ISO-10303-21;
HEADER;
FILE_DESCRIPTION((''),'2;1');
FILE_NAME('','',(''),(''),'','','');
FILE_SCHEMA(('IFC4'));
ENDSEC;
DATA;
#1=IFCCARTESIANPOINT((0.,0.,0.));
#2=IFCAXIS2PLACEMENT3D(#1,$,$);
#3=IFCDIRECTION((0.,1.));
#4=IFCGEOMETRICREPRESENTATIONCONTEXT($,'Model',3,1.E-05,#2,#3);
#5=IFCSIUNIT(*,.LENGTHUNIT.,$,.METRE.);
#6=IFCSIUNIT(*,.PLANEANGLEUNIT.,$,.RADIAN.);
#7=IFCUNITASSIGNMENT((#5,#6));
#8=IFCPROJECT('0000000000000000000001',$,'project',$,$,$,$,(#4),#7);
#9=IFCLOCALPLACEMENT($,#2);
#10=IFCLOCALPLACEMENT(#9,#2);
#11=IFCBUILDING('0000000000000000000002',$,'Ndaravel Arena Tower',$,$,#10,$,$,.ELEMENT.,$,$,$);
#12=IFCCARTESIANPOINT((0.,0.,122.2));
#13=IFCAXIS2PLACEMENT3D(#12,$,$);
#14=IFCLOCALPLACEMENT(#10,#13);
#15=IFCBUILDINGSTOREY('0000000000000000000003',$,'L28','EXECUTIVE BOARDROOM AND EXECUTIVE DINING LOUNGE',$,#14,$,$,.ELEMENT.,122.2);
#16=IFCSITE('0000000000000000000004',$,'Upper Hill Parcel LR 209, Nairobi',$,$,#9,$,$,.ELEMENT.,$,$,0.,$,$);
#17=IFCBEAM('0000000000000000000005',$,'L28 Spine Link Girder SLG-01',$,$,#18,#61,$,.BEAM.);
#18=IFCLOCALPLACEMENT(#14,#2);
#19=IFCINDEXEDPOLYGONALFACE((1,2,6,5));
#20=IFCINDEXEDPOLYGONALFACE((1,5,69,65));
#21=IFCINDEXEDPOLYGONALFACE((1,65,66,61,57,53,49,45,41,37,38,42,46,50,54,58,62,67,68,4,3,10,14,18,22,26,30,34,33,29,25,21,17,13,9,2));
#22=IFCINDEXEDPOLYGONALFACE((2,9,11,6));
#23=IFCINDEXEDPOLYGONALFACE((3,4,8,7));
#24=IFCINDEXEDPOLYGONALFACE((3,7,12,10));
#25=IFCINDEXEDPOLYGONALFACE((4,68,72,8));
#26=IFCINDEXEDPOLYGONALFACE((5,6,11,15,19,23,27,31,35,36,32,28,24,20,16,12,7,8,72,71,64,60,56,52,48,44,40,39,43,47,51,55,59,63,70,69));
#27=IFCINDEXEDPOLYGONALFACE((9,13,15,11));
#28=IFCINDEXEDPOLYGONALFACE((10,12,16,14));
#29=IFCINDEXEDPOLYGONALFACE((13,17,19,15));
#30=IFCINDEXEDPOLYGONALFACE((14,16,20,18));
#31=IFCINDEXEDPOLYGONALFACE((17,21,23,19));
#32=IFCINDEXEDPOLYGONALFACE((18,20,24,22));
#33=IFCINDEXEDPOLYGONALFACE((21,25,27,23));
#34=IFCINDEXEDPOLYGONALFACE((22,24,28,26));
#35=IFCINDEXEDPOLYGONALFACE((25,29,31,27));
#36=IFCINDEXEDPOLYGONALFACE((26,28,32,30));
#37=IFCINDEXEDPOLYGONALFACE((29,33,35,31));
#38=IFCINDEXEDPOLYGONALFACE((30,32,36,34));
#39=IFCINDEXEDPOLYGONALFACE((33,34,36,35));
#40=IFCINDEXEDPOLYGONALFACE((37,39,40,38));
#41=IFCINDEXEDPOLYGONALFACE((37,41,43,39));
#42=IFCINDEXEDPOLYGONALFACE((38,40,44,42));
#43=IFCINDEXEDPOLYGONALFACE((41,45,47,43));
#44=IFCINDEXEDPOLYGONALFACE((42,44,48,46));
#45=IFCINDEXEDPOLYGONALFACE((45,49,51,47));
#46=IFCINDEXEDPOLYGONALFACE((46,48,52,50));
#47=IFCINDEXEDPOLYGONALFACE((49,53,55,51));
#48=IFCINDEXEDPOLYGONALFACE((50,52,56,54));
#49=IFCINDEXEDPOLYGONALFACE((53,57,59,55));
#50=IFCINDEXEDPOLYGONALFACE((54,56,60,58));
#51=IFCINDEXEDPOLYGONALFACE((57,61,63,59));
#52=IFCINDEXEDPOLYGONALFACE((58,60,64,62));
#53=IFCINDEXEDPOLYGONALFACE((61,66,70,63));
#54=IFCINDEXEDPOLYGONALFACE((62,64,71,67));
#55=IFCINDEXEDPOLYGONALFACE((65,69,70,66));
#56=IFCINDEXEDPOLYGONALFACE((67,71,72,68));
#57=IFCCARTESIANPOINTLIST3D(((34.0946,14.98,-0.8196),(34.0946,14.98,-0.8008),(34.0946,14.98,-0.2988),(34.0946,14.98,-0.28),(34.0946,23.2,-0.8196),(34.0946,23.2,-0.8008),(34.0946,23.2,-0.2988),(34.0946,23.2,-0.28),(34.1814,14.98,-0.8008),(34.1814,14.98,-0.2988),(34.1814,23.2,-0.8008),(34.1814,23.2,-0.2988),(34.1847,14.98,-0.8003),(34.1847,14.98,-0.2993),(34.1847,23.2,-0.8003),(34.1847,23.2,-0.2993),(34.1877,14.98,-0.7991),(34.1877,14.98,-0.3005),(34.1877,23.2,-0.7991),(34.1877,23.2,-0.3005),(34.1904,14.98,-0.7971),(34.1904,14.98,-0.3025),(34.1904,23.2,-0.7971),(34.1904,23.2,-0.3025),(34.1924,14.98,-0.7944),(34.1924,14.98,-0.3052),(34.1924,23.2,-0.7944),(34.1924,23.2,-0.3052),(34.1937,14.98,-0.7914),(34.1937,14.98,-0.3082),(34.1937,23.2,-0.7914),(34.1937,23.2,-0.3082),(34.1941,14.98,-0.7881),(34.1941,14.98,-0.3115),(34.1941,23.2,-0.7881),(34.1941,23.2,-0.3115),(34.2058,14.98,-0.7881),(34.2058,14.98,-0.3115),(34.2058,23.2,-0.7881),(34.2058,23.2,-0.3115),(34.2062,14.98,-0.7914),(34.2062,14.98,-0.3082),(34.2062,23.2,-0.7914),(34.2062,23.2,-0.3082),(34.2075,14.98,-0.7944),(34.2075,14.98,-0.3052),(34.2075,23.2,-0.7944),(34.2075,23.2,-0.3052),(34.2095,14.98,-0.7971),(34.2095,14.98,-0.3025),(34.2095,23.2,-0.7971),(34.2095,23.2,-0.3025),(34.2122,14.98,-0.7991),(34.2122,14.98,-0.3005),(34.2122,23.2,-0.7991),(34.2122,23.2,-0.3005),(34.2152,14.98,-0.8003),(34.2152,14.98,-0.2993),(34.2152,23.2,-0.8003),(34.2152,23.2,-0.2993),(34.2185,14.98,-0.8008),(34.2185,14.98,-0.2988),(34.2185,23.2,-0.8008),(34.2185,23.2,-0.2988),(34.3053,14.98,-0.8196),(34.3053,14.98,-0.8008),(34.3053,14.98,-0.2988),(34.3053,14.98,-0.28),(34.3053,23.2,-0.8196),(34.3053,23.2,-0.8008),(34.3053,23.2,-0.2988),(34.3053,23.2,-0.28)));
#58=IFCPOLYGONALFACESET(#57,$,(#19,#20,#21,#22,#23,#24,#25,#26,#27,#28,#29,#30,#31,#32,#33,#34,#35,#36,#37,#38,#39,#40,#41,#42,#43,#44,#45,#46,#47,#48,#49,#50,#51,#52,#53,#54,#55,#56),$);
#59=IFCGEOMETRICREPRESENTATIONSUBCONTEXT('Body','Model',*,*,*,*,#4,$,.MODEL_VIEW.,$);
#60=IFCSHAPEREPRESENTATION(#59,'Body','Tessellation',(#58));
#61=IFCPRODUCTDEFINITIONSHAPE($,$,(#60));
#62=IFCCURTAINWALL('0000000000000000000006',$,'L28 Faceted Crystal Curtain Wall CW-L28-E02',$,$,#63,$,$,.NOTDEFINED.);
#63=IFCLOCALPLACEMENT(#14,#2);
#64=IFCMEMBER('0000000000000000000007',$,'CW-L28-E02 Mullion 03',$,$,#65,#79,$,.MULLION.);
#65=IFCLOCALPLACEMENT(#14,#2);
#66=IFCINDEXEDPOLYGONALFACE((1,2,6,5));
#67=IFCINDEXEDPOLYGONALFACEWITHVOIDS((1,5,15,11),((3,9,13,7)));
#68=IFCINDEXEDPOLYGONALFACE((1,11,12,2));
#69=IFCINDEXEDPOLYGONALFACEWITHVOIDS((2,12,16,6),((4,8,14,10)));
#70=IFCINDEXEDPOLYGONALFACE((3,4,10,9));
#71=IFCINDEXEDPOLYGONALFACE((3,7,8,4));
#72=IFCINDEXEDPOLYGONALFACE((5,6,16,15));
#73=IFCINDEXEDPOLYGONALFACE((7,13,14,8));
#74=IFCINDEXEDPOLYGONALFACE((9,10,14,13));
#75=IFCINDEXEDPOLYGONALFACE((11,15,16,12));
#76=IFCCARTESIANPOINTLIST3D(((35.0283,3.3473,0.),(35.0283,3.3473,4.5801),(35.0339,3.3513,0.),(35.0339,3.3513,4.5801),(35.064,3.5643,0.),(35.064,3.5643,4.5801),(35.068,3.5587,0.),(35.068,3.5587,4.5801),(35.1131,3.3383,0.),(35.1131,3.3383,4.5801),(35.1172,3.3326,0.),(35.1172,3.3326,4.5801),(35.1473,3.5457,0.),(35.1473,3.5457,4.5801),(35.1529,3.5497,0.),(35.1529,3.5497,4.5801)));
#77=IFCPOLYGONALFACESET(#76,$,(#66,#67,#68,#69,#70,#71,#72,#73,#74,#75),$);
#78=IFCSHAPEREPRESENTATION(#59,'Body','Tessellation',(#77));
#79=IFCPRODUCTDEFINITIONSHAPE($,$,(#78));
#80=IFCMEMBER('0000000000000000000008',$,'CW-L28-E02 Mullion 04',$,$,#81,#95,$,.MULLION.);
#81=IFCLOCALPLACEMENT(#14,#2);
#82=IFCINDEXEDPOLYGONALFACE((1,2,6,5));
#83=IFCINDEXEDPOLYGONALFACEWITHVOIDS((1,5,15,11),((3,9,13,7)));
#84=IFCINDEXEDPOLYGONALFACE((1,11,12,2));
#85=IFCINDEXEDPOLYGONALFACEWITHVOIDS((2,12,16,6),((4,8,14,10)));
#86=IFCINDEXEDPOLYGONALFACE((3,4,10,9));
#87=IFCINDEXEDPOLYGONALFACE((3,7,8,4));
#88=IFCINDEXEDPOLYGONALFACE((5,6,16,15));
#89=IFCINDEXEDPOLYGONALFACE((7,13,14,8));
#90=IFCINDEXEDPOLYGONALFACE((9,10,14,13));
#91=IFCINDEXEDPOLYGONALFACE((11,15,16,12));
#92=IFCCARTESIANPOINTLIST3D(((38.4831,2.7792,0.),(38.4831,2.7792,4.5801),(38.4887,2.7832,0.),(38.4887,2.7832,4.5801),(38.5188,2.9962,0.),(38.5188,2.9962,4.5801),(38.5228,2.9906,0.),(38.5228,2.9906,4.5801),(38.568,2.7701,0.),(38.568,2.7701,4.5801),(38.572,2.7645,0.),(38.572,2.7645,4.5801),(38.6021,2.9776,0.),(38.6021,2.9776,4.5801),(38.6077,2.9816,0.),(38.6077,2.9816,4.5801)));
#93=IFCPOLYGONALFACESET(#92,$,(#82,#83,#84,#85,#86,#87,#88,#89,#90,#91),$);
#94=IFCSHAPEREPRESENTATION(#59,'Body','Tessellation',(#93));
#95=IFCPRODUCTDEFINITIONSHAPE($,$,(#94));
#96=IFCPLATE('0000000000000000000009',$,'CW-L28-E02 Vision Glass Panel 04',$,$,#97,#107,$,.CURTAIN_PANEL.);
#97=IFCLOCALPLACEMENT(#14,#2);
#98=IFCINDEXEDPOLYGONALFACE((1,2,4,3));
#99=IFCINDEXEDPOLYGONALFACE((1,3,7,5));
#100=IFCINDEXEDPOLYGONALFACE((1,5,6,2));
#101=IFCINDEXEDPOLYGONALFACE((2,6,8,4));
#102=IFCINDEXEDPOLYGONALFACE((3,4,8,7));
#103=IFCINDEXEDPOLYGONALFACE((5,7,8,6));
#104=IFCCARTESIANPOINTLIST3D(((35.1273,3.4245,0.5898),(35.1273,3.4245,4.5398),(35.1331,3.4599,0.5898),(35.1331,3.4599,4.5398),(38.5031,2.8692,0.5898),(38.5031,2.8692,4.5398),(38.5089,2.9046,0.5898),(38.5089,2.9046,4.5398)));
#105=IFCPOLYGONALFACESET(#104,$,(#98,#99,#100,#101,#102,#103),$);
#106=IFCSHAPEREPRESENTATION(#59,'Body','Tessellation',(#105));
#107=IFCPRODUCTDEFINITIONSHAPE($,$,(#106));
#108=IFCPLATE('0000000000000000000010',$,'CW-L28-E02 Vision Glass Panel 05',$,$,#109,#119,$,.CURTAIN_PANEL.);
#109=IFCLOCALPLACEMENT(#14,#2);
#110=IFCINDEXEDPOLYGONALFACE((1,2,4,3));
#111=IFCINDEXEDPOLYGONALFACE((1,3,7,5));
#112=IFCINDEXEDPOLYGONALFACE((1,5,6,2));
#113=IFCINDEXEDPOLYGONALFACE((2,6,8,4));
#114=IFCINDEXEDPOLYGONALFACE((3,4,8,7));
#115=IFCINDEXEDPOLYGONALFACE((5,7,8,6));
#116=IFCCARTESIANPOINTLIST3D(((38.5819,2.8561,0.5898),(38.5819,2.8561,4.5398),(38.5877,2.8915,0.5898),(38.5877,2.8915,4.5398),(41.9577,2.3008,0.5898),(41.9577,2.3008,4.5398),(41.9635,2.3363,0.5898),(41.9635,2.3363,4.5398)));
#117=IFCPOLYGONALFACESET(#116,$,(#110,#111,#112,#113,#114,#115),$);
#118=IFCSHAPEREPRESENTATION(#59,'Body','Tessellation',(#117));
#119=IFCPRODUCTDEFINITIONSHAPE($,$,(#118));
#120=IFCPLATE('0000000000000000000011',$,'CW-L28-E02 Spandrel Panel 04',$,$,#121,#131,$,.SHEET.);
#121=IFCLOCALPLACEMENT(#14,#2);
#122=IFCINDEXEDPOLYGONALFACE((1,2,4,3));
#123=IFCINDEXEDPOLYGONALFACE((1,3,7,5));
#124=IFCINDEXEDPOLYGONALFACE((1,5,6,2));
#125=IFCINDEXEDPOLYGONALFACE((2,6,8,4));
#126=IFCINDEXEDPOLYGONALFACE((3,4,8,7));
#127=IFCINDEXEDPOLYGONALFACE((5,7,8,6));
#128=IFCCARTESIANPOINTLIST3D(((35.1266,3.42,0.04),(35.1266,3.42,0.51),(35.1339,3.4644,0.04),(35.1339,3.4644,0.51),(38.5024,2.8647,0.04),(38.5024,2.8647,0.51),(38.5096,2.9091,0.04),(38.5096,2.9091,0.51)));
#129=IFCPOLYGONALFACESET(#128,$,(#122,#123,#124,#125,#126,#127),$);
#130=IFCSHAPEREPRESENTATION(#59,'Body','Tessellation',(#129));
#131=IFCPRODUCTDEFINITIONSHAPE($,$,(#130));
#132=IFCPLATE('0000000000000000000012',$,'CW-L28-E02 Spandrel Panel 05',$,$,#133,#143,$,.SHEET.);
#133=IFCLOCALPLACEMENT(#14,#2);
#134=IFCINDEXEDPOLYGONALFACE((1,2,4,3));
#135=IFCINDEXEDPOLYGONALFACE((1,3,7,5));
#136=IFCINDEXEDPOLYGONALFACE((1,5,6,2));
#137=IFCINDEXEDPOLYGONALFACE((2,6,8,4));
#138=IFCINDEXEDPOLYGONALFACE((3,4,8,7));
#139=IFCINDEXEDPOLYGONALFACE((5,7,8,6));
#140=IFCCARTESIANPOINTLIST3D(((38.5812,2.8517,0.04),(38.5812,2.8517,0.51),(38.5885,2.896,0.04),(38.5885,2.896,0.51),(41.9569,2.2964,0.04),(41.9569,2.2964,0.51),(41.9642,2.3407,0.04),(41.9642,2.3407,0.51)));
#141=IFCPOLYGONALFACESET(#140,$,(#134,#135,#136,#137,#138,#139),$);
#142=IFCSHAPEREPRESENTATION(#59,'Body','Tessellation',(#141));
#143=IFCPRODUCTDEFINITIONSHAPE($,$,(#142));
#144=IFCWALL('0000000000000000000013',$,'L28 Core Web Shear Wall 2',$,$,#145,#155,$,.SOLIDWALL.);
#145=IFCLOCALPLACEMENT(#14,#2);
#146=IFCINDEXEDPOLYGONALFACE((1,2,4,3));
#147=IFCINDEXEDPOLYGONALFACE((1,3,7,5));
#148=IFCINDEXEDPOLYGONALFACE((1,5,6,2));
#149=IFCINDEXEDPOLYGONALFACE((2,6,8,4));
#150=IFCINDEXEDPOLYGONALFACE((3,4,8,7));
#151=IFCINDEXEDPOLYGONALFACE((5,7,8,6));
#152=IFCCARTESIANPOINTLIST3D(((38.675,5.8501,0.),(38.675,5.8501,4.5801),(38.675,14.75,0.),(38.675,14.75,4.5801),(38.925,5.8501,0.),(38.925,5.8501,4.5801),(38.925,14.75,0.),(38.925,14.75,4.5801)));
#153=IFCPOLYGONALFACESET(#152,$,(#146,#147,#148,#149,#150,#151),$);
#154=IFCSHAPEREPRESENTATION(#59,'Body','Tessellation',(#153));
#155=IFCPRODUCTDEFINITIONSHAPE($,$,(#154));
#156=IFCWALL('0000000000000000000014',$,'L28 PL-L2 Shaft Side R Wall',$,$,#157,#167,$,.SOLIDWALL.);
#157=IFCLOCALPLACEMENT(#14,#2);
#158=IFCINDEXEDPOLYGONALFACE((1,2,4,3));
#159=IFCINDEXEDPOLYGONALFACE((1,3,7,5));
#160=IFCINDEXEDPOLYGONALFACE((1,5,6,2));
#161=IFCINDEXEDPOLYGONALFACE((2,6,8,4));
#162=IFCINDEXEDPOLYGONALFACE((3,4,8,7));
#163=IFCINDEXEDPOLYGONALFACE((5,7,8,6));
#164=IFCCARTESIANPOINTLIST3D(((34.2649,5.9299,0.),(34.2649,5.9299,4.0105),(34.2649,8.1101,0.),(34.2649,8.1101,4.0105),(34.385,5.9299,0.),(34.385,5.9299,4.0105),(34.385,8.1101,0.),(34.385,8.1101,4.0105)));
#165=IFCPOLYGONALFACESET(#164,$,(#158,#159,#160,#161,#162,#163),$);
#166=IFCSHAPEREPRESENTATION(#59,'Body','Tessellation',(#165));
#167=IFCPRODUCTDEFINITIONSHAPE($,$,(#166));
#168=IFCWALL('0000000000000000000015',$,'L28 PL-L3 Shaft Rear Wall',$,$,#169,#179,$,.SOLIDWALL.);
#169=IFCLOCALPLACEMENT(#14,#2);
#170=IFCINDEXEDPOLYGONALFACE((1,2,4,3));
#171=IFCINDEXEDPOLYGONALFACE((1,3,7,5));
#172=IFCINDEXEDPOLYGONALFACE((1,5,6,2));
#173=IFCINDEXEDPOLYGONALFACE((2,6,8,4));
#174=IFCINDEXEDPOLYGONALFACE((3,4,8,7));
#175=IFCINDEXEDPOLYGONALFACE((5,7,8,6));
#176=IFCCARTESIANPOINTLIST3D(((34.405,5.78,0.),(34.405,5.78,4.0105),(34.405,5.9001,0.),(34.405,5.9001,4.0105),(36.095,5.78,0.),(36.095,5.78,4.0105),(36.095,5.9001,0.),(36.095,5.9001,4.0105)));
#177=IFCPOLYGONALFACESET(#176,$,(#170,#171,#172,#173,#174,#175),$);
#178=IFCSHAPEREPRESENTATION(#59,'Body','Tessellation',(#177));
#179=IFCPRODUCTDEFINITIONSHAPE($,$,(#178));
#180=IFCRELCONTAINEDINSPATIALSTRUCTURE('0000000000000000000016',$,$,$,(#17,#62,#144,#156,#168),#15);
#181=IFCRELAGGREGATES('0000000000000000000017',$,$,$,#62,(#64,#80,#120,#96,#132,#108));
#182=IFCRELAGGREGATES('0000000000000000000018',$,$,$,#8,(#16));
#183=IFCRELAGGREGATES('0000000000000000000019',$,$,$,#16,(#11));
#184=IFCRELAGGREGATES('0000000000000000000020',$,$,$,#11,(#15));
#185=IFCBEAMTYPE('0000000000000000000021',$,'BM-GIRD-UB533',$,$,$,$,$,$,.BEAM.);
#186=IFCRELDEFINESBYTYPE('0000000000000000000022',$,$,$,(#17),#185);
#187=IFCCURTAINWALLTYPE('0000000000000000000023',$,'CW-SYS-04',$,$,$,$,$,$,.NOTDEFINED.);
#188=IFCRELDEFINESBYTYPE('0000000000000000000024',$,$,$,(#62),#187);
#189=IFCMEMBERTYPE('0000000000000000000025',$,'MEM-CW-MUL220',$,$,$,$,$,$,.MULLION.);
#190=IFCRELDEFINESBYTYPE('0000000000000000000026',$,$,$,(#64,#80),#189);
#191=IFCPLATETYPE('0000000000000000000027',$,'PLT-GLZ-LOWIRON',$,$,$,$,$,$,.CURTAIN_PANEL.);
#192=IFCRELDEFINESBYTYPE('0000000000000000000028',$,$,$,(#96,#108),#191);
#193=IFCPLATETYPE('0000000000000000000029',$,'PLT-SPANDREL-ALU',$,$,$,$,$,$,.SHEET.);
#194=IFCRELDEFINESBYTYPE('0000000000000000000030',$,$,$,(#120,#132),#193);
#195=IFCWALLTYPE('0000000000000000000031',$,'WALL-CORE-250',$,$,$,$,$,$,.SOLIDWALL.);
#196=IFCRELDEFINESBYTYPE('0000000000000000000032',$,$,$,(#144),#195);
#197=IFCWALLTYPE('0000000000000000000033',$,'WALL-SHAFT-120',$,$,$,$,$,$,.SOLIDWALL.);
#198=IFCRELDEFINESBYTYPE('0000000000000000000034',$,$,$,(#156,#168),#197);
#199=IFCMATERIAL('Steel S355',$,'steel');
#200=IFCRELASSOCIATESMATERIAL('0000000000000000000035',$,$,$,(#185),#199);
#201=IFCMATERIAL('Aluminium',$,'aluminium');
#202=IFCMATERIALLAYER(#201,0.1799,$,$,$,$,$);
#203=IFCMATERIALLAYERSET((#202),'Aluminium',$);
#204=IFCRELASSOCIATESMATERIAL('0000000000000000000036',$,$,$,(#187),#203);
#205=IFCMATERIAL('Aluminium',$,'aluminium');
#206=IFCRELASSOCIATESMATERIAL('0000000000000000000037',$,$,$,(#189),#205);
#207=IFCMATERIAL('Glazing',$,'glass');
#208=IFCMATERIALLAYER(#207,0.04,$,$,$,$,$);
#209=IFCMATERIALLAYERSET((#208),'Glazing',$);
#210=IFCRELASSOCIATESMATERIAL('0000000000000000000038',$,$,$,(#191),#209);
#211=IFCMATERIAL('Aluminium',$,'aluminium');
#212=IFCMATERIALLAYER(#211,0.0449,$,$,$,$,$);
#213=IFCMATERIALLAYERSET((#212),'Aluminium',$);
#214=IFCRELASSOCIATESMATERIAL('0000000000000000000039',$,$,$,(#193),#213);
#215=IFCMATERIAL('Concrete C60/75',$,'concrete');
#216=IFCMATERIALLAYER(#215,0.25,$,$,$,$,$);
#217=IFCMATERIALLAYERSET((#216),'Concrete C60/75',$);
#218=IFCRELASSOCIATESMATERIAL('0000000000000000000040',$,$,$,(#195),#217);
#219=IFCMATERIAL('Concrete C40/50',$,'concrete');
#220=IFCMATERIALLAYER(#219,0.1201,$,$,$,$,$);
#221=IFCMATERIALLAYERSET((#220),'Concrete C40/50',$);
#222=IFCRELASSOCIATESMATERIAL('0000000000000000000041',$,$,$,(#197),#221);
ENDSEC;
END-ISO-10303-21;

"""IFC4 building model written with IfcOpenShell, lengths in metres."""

from ifc_helpers import new_model, si_unit, direction, frame, frame_2d, origin, origin_2d, place, context, subcontext, project, spatial, rectangle, hollow_rectangle, i_section, extrude, material, layer, layer_set, material_profile, profile_set, type_object, element, aggregate, save


model = new_model("IFC4")

# Units and contexts
model_context = context("Model", 3, precision=1e-05, world=origin(), true_north=direction((0.0, 1.0)))
body_context = subcontext(model_context, "Body", "Model", "MODEL_VIEW")
ifc_project = project(units=[si_unit("LENGTHUNIT", "METRE"), si_unit("PLANEANGLEUNIT", "RADIAN")], contexts=[model_context])

# Site, building, storey
site_placement = place(None, origin())
site = spatial("IfcSite", under=ifc_project, at=site_placement, Name="Upper Hill Parcel LR 209, Nairobi", CompositionType="ELEMENT", RefElevation=0.0)
building_placement = place(site_placement, origin())
building = spatial("IfcBuilding", under=site, at=building_placement, Name="Ndaravel Arena Tower", CompositionType="ELEMENT")
storey_placement = place(building_placement, frame((0.0, 0.0, 122.2)))
storey = spatial("IfcBuildingStorey", under=building, at=storey_placement, Name="L28", Description="EXECUTIVE BOARDROOM AND EXECUTIVE DINING LOUNGE", CompositionType="ELEMENT", Elevation=122.2)

# Beam
ifc_material_1 = material(Name="Steel S355", Category="steel")
ifc_material_profile_1 = material_profile(ifc_material_1, i_section(OverallWidth=0.2107, OverallDepth=0.5396, WebThickness=0.0117, FlangeThickness=0.0188, FilletRadius=0.0127, at=origin_2d()), Name="UB 533x210x109")
ifc_profile_set_1 = profile_set([ifc_material_profile_1], Name="Steel S355")
beam_type = type_object("IfcBeamType", Name="BM-GIRD-UB533", PredefinedType="BEAM", material=ifc_profile_set_1)
beam_placement = place(storey_placement, frame((34.2, 14.98, -0.5498), z_axis=(0.0, 1.0, 0.0), x_axis=(-1.0, 0.0, 0.0)))
element("IfcBeam", 1, at=beam_placement, inside=storey, type_object=beam_type, Name="L28 Spine Link Girder SLG-01", PredefinedType="BEAM", context=body_context, shape_type="SweptSolid", body=[
    extrude(i_section(OverallWidth=0.2107, OverallDepth=0.5396, WebThickness=0.0117, FlangeThickness=0.0188, FilletRadius=0.0127, at=origin_2d()), origin(), (0.0, 0.0, 1.0), 8.22),
])

# Curtain wall, members, plates
ifc_material_2 = material(Name="Aluminium", Category="aluminium")
ifc_layer_1 = layer(ifc_material_2, 0.1799)
ifc_layer_set_1 = layer_set([ifc_layer_1], Name="Aluminium")
curtain_wall_type = type_object("IfcCurtainWallType", Name="CW-SYS-04", PredefinedType="NOTDEFINED", material=ifc_layer_set_1)
curtain_wall_placement = place(storey_placement, origin())
curtain_wall = element("IfcCurtainWall", 2, at=curtain_wall_placement, inside=storey, type_object=curtain_wall_type, Name="L28 Faceted Crystal Curtain Wall CW-L28-E02", PredefinedType="NOTDEFINED")
ifc_material_3 = material(Name="Aluminium", Category="aluminium")
ifc_material_profile_2 = material_profile(ifc_material_3, hollow_rectangle(XDim=0.0901, YDim=0.22, WallThickness=0.0049, at=origin_2d()), Name="CW MULLION 90x220x5")
ifc_profile_set_2 = profile_set([ifc_material_profile_2], Name="Aluminium")
member_type = type_object("IfcMemberType", Name="MEM-CW-MUL220", PredefinedType="MULLION", material=ifc_profile_set_2)
member_1_placement = place(storey_placement, frame((35.0906, 3.4485, 0.0), z_axis=(0.0, 0.0, 1.0), x_axis=(0.98674, -0.16231, 0.0)))
member_1 = element("IfcMember", 3, at=member_1_placement, type_object=member_type, Name="CW-L28-E02 Mullion 03", PredefinedType="MULLION", context=body_context, shape_type="SweptSolid", body=[
    extrude(hollow_rectangle(XDim=0.0901, YDim=0.22, WallThickness=0.0049, at=origin_2d()), origin(), (0.0, 0.0, 1.0), 4.5801),
])
member_2_placement = place(storey_placement, frame((38.5454, 2.8804, 0.0), z_axis=(0.0, 0.0, 1.0), x_axis=(0.98674, -0.16231, 0.0)))
member_2 = element("IfcMember", 4, at=member_2_placement, type_object=member_type, Name="CW-L28-E02 Mullion 04", PredefinedType="MULLION", context=body_context, shape_type="SweptSolid", body=[
    extrude(hollow_rectangle(XDim=0.0901, YDim=0.22, WallThickness=0.0049, at=origin_2d()), origin(), (0.0, 0.0, 1.0), 4.5801),
])
ifc_material_4 = material(Name="Glazing", Category="glass")
ifc_layer_2 = layer(ifc_material_4, 0.04)
ifc_layer_set_2 = layer_set([ifc_layer_2], Name="Glazing")
plate_type_1 = type_object("IfcPlateType", Name="PLT-GLZ-LOWIRON", PredefinedType="CURTAIN_PANEL", material=ifc_layer_set_2)
plate_1_placement = place(storey_placement, frame((36.8181, 3.1646, 0.5898), z_axis=(0.0, 0.0, 1.0), x_axis=(0.98674, -0.16231, 0.0)))
plate_1 = element("IfcPlate", 5, at=plate_1_placement, type_object=plate_type_1, Name="CW-L28-E02 Vision Glass Panel 04", PredefinedType="CURTAIN_PANEL", context=body_context, shape_type="SweptSolid", body=[
    extrude(rectangle(XDim=3.4211, YDim=0.0359, at=origin_2d()), origin(), (0.0, 0.0, 1.0), 3.95),
])
plate_2_placement = place(storey_placement, frame((40.2727, 2.5962, 0.5898), z_axis=(0.0, 0.0, 1.0), x_axis=(0.98674, -0.16231, 0.0)))
plate_2 = element("IfcPlate", 6, at=plate_2_placement, type_object=plate_type_1, Name="CW-L28-E02 Vision Glass Panel 05", PredefinedType="CURTAIN_PANEL", context=body_context, shape_type="SweptSolid", body=[
    extrude(rectangle(XDim=3.4211, YDim=0.0359, at=origin_2d()), origin(), (0.0, 0.0, 1.0), 3.95),
])
ifc_material_5 = material(Name="Aluminium", Category="aluminium")
ifc_layer_3 = layer(ifc_material_5, 0.0449)
ifc_layer_set_3 = layer_set([ifc_layer_3], Name="Aluminium")
plate_type_2 = type_object("IfcPlateType", Name="PLT-SPANDREL-ALU", PredefinedType="SHEET", material=ifc_layer_set_3)
plate_3_placement = place(storey_placement, frame((36.8181, 3.1646, 0.04), z_axis=(0.0, 0.0, 1.0), x_axis=(0.98674, -0.16231, 0.0)))
plate_3 = element("IfcPlate", 7, at=plate_3_placement, type_object=plate_type_2, Name="CW-L28-E02 Spandrel Panel 04", PredefinedType="SHEET", context=body_context, shape_type="SweptSolid", body=[
    extrude(rectangle(XDim=3.4211, YDim=0.0449, at=origin_2d()), origin(), (0.0, 0.0, 1.0), 0.47),
])
plate_4_placement = place(storey_placement, frame((40.2727, 2.5962, 0.04), z_axis=(0.0, 0.0, 1.0), x_axis=(0.98674, -0.16231, 0.0)))
plate_4 = element("IfcPlate", 8, at=plate_4_placement, type_object=plate_type_2, Name="CW-L28-E02 Spandrel Panel 05", PredefinedType="SHEET", context=body_context, shape_type="SweptSolid", body=[
    extrude(rectangle(XDim=3.4211, YDim=0.0449, at=origin_2d()), origin(), (0.0, 0.0, 1.0), 0.47),
])
aggregate(curtain_wall, [member_1, member_2, plate_3, plate_1, plate_4, plate_2])

# Walls
ifc_material_6 = material(Name="Concrete C60/75", Category="concrete")
ifc_layer_4 = layer(ifc_material_6, 0.25)
ifc_layer_set_4 = layer_set([ifc_layer_4], Name="Concrete C60/75")
wall_type_1 = type_object("IfcWallType", Name="WALL-CORE-250", PredefinedType="SOLIDWALL", material=ifc_layer_set_4)
wall_1_placement = place(storey_placement, frame((38.8, 5.8501, 0.0), z_axis=(0.0, 0.0, 1.0), x_axis=(0.0, 1.0, 0.0)))
element("IfcWall", 9, at=wall_1_placement, inside=storey, type_object=wall_type_1, Name="L28 Core Web Shear Wall 2", PredefinedType="SOLIDWALL", context=body_context, shape_type="SweptSolid", body=[
    extrude(rectangle(XDim=8.8999, YDim=0.25, at=frame_2d((4.45, 0.0))), origin(), (0.0, 0.0, 1.0), 4.5801),
])
ifc_material_7 = material(Name="Concrete C40/50", Category="concrete")
ifc_layer_5 = layer(ifc_material_7, 0.1201)
ifc_layer_set_5 = layer_set([ifc_layer_5], Name="Concrete C40/50")
wall_type_2 = type_object("IfcWallType", Name="WALL-SHAFT-120", PredefinedType="SOLIDWALL", material=ifc_layer_set_5)
wall_2_placement = place(storey_placement, frame((34.325, 5.9299, 0.0), z_axis=(0.0, 0.0, 1.0), x_axis=(0.0, 1.0, 0.0)))
element("IfcWall", 10, at=wall_2_placement, inside=storey, type_object=wall_type_2, Name="L28 PL-L2 Shaft Side R Wall", PredefinedType="SOLIDWALL", context=body_context, shape_type="SweptSolid", body=[
    extrude(rectangle(XDim=2.1802, YDim=0.1201, at=frame_2d((1.0901, 0.0))), origin(), (0.0, 0.0, 1.0), 4.0105),
])
wall_3_placement = place(storey_placement, frame((34.405, 5.8401, 0.0), z_axis=(0.0, 0.0, 1.0), x_axis=(1.0, 0.0, 0.0)))
element("IfcWall", 11, at=wall_3_placement, inside=storey, type_object=wall_type_2, Name="L28 PL-L3 Shaft Rear Wall", PredefinedType="SOLIDWALL", context=body_context, shape_type="SweptSolid", body=[
    extrude(rectangle(XDim=1.6899, YDim=0.1201, at=frame_2d((0.845, 0.0))), origin(), (0.0, 0.0, 1.0), 4.0105),
])

save(model, "model.ifc")
